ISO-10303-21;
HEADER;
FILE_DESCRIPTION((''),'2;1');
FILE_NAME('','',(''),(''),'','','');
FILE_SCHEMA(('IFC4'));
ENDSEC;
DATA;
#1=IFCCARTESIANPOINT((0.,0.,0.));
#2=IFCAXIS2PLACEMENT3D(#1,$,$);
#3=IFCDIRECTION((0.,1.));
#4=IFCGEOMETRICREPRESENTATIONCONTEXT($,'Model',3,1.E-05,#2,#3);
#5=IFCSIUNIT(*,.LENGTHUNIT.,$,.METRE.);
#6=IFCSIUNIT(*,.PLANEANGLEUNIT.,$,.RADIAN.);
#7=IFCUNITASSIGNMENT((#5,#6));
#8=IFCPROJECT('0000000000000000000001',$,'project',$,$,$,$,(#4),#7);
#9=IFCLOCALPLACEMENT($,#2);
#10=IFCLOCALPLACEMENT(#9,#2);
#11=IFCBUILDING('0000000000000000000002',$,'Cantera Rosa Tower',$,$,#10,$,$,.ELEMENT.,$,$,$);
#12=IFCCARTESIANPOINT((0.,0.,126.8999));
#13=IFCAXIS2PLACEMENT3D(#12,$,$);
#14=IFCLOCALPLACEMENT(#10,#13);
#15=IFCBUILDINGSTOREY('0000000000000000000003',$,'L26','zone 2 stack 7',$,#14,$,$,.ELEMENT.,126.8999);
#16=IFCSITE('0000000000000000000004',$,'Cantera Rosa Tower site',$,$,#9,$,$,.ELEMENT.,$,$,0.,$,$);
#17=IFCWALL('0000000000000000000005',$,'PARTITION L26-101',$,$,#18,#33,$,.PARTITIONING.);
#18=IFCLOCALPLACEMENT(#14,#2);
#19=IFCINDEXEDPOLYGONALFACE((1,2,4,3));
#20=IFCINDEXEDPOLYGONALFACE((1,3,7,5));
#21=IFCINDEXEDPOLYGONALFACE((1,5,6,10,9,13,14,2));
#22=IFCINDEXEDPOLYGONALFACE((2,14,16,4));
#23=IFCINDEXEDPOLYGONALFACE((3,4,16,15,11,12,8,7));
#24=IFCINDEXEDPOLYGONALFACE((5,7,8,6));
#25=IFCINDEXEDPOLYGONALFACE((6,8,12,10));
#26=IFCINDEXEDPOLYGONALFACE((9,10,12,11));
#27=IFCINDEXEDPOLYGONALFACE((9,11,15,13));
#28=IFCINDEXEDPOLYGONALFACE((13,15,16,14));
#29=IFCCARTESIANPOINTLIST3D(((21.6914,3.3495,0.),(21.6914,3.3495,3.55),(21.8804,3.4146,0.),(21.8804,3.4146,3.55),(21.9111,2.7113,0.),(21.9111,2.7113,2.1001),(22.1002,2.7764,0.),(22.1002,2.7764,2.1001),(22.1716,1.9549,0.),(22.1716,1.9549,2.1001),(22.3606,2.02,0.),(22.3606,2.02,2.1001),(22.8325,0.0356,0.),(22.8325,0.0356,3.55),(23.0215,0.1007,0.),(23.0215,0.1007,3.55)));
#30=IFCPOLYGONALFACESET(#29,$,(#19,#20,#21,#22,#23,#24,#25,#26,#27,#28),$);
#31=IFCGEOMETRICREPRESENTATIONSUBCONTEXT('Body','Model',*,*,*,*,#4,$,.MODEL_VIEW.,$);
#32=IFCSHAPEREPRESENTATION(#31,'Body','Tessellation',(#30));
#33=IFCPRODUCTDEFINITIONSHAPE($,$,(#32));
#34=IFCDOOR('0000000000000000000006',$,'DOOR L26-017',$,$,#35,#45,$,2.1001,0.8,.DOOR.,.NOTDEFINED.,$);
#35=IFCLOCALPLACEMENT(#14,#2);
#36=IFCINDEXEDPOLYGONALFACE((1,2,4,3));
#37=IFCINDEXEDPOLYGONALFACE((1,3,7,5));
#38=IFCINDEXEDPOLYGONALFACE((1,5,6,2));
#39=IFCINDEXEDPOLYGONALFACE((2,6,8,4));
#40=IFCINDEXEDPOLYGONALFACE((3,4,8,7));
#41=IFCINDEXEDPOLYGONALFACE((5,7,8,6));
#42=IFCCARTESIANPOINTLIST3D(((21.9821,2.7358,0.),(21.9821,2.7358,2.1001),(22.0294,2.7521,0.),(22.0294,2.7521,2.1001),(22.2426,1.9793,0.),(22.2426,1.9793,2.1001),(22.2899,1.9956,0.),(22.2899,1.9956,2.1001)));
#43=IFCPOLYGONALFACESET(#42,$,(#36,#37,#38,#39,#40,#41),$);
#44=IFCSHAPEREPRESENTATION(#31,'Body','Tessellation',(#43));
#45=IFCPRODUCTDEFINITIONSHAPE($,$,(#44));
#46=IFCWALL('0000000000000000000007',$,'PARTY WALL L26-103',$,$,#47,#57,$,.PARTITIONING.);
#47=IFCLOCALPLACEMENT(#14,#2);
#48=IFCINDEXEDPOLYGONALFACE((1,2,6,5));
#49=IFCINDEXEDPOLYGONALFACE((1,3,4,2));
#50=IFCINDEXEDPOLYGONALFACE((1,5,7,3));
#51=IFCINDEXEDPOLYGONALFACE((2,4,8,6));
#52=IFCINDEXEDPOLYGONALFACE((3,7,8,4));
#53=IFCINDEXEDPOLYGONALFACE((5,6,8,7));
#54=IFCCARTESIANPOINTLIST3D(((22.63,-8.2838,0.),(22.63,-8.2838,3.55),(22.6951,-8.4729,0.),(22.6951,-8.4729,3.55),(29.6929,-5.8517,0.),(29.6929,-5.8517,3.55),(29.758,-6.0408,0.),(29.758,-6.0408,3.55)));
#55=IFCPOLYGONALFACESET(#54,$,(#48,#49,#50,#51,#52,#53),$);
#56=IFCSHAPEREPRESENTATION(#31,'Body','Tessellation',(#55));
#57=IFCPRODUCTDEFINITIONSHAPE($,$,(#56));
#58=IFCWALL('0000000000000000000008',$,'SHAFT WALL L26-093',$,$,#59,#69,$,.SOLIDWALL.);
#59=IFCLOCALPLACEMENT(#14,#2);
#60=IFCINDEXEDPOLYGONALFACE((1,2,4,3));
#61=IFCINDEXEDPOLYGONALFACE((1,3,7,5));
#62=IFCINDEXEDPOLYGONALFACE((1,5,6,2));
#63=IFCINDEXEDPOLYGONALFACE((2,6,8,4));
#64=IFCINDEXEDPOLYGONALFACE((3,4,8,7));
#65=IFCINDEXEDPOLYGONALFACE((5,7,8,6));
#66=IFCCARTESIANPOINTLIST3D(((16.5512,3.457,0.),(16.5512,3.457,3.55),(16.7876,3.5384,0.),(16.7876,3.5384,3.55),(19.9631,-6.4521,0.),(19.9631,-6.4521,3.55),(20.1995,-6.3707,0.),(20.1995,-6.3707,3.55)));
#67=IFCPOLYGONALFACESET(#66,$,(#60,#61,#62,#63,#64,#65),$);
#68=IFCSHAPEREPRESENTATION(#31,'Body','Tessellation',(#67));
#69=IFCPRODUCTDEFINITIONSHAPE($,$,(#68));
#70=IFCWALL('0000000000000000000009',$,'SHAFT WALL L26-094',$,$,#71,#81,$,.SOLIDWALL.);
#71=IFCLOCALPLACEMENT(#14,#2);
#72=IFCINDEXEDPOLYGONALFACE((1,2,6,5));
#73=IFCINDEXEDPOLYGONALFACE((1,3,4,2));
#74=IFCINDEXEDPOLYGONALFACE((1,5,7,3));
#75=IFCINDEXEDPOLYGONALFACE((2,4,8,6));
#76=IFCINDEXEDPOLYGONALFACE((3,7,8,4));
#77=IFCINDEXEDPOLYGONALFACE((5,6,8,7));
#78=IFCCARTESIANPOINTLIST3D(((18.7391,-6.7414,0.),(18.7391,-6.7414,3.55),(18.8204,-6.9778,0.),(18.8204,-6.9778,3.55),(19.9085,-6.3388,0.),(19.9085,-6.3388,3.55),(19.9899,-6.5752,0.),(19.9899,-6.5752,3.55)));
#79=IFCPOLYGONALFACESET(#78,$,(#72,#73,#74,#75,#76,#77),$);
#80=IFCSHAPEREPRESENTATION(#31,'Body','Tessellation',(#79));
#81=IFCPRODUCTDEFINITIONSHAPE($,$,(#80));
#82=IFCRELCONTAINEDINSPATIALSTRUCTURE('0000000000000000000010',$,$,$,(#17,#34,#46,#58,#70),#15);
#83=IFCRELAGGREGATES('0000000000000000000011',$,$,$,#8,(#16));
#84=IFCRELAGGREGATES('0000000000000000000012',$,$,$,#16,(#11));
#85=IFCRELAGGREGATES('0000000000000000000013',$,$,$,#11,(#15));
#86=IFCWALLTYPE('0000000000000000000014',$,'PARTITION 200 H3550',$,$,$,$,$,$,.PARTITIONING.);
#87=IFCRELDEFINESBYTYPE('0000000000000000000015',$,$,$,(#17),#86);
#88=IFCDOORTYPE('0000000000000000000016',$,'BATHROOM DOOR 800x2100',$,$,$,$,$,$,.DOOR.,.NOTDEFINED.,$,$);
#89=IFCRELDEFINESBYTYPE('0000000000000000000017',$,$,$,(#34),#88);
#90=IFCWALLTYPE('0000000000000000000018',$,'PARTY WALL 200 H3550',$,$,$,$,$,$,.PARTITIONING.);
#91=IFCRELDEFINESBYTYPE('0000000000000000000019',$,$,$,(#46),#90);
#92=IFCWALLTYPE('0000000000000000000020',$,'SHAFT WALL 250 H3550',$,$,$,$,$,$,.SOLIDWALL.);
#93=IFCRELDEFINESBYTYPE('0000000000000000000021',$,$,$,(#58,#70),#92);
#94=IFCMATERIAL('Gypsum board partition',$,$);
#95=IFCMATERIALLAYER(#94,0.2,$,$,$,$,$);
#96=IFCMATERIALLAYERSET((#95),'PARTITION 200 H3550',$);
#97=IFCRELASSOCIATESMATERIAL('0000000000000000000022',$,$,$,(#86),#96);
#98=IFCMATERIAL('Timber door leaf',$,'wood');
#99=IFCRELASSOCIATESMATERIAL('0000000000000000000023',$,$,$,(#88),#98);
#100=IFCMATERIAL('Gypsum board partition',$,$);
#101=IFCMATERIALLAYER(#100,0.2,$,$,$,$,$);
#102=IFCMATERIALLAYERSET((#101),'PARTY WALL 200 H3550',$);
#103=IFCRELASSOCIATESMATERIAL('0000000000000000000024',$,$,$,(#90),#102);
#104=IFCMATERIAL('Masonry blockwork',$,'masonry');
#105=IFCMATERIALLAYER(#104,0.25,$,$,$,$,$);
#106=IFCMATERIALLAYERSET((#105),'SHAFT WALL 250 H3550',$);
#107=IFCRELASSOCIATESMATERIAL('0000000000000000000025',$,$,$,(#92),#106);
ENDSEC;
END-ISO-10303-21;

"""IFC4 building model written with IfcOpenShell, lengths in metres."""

from ifc_helpers import new_model, si_unit, direction, frame, frame_2d, origin, place, context, subcontext, project, spatial, rectangle, extrude, material, layer, layer_set, type_object, element, fill, save


model = new_model("IFC4")

# Units and contexts
model_context = context("Model", 3, precision=1e-05, world=origin(), true_north=direction((0.0, 1.0)))
body_context = subcontext(model_context, "Body", "Model", "MODEL_VIEW")
ifc_project = project(units=[si_unit("LENGTHUNIT", "METRE"), si_unit("PLANEANGLEUNIT", "RADIAN")], contexts=[model_context])

# Site, building, storey
site_placement = place(None, origin())
site = spatial("IfcSite", under=ifc_project, at=site_placement, Name="Cantera Rosa Tower site", CompositionType="ELEMENT", RefElevation=0.0)
building_placement = place(site_placement, origin())
building = spatial("IfcBuilding", under=site, at=building_placement, Name="Cantera Rosa Tower", CompositionType="ELEMENT")
storey_placement = place(building_placement, frame((0.0, 0.0, 126.8999)))
storey = spatial("IfcBuildingStorey", under=building, at=storey_placement, Name="L26", Description="zone 2 stack 7", CompositionType="ELEMENT", Elevation=126.8999)

# Shared definitions
ifc_material_1 = material(Name="Gypsum board partition")
ifc_layer_1 = layer(ifc_material_1, 0.2)
ifc_layer_set_1 = layer_set([ifc_layer_1], Name="PARTITION 200 H3550")
wall_type_1 = type_object("IfcWallType", Name="PARTITION 200 H3550", PredefinedType="PARTITIONING", material=ifc_layer_set_1)

# Wall, opening, door
wall_1_placement = place(storey_placement, frame((22.927, 0.0681, 0.0), z_axis=(0.0, 0.0, 1.0), x_axis=(-0.325574, 0.945516, 0.0)))
wall_1 = element("IfcWall", 1, at=wall_1_placement, inside=storey, type_object=wall_type_1, Name="PARTITION L26-101", PredefinedType="PARTITIONING", context=body_context, shape_type="SweptSolid", body=[
    extrude(rectangle(XDim=3.5049, YDim=0.2, at=frame_2d((1.7524, 0.0))), origin(), (0.0, 0.0, 1.0), 3.55),
])
opening_1_placement = place(wall_1_placement, frame((2.03, 0.0, 0.0)))
opening_1 = element("IfcOpeningElement", 2, at=opening_1_placement, cuts=wall_1, PredefinedType="OPENING", context=body_context, shape_type="SweptSolid", body=[
    extrude(rectangle(XDim=0.8, YDim=2.1001, at=frame_2d((0.3999, 1.05))), frame((0.0, 0.1099, 0.0), z_axis=(0.0, -1.0, 0.0), x_axis=(1.0, 0.0, 0.0)), (0.0, 0.0, 1.0), 0.22),
])
ifc_material_2 = material(Name="Timber door leaf", Category="wood")
door_type_1 = type_object("IfcDoorType", Name="BATHROOM DOOR 800x2100", OperationType="NOTDEFINED", PredefinedType="DOOR", material=ifc_material_2)
door_1_placement = place(opening_1_placement, origin())
door_1 = element("IfcDoor", 3, at=door_1_placement, inside=storey, type_object=door_type_1, Name="DOOR L26-017", OperationType="NOTDEFINED", OverallHeight=2.1001, OverallWidth=0.8, PredefinedType="DOOR", context=body_context, shape_type="SweptSolid", body=[
    extrude(rectangle(XDim=0.8, YDim=2.1001, at=frame_2d((0.3999, 1.05))), frame((0.0, 0.0249, 0.0), z_axis=(0.0, -1.0, 0.0), x_axis=(1.0, 0.0, 0.0)), (0.0, 0.0, 1.0), 0.05),
])
fill(opening_1, door_1)

# Walls
ifc_material_3 = material(Name="Gypsum board partition")
ifc_layer_2 = layer(ifc_material_3, 0.2)
ifc_layer_set_2 = layer_set([ifc_layer_2], Name="PARTY WALL 200 H3550")
wall_type_2 = type_object("IfcWallType", Name="PARTY WALL 200 H3550", PredefinedType="PARTITIONING", material=ifc_layer_set_2)
wall_2_placement = place(storey_placement, frame((29.7253, -5.9463, 0.0), z_axis=(0.0, 0.0, 1.0), x_axis=(-0.945513, -0.325586, 0.0)))
element("IfcWall", 4, at=wall_2_placement, inside=storey, type_object=wall_type_2, Name="PARTY WALL L26-103", PredefinedType="PARTITIONING", context=body_context, shape_type="SweptSolid", body=[
    extrude(rectangle(XDim=7.47, YDim=0.2, at=frame_2d((3.7349, 0.0))), origin(), (0.0, 0.0, 1.0), 3.55),
])
ifc_material_4 = material(Name="Masonry blockwork", Category="masonry")
ifc_layer_3 = layer(ifc_material_4, 0.25)
ifc_layer_set_3 = layer_set([ifc_layer_3], Name="SHAFT WALL 250 H3550")
wall_type_3 = type_object("IfcWallType", Name="SHAFT WALL 250 H3550", PredefinedType="SOLIDWALL", material=ifc_layer_set_3)
wall_3_placement = place(storey_placement, frame((20.0813, -6.4114, 0.0), z_axis=(0.0, 0.0, 1.0), x_axis=(-0.325563, 0.94552, 0.0)))
element("IfcWall", 5, at=wall_3_placement, inside=storey, type_object=wall_type_3, Name="SHAFT WALL L26-093", PredefinedType="SOLIDWALL", context=body_context, shape_type="SweptSolid", body=[
    extrude(rectangle(XDim=10.48, YDim=0.25, at=frame_2d((5.24, 0.0))), origin(), (0.0, 0.0, 1.0), 3.55),
])
wall_4_placement = place(storey_placement, frame((19.9492, -6.457, 0.0), z_axis=(0.0, 0.0, 1.0), x_axis=(-0.945539, -0.32551, 0.0)))
element("IfcWall", 6, at=wall_4_placement, inside=storey, type_object=wall_type_3, Name="SHAFT WALL L26-094", PredefinedType="SOLIDWALL", context=body_context, shape_type="SweptSolid", body=[
    extrude(rectangle(XDim=1.2368, YDim=0.25, at=frame_2d((0.6184, 0.0))), origin(), (0.0, 0.0, 1.0), 3.55),
])

save(model, "model.ifc")
